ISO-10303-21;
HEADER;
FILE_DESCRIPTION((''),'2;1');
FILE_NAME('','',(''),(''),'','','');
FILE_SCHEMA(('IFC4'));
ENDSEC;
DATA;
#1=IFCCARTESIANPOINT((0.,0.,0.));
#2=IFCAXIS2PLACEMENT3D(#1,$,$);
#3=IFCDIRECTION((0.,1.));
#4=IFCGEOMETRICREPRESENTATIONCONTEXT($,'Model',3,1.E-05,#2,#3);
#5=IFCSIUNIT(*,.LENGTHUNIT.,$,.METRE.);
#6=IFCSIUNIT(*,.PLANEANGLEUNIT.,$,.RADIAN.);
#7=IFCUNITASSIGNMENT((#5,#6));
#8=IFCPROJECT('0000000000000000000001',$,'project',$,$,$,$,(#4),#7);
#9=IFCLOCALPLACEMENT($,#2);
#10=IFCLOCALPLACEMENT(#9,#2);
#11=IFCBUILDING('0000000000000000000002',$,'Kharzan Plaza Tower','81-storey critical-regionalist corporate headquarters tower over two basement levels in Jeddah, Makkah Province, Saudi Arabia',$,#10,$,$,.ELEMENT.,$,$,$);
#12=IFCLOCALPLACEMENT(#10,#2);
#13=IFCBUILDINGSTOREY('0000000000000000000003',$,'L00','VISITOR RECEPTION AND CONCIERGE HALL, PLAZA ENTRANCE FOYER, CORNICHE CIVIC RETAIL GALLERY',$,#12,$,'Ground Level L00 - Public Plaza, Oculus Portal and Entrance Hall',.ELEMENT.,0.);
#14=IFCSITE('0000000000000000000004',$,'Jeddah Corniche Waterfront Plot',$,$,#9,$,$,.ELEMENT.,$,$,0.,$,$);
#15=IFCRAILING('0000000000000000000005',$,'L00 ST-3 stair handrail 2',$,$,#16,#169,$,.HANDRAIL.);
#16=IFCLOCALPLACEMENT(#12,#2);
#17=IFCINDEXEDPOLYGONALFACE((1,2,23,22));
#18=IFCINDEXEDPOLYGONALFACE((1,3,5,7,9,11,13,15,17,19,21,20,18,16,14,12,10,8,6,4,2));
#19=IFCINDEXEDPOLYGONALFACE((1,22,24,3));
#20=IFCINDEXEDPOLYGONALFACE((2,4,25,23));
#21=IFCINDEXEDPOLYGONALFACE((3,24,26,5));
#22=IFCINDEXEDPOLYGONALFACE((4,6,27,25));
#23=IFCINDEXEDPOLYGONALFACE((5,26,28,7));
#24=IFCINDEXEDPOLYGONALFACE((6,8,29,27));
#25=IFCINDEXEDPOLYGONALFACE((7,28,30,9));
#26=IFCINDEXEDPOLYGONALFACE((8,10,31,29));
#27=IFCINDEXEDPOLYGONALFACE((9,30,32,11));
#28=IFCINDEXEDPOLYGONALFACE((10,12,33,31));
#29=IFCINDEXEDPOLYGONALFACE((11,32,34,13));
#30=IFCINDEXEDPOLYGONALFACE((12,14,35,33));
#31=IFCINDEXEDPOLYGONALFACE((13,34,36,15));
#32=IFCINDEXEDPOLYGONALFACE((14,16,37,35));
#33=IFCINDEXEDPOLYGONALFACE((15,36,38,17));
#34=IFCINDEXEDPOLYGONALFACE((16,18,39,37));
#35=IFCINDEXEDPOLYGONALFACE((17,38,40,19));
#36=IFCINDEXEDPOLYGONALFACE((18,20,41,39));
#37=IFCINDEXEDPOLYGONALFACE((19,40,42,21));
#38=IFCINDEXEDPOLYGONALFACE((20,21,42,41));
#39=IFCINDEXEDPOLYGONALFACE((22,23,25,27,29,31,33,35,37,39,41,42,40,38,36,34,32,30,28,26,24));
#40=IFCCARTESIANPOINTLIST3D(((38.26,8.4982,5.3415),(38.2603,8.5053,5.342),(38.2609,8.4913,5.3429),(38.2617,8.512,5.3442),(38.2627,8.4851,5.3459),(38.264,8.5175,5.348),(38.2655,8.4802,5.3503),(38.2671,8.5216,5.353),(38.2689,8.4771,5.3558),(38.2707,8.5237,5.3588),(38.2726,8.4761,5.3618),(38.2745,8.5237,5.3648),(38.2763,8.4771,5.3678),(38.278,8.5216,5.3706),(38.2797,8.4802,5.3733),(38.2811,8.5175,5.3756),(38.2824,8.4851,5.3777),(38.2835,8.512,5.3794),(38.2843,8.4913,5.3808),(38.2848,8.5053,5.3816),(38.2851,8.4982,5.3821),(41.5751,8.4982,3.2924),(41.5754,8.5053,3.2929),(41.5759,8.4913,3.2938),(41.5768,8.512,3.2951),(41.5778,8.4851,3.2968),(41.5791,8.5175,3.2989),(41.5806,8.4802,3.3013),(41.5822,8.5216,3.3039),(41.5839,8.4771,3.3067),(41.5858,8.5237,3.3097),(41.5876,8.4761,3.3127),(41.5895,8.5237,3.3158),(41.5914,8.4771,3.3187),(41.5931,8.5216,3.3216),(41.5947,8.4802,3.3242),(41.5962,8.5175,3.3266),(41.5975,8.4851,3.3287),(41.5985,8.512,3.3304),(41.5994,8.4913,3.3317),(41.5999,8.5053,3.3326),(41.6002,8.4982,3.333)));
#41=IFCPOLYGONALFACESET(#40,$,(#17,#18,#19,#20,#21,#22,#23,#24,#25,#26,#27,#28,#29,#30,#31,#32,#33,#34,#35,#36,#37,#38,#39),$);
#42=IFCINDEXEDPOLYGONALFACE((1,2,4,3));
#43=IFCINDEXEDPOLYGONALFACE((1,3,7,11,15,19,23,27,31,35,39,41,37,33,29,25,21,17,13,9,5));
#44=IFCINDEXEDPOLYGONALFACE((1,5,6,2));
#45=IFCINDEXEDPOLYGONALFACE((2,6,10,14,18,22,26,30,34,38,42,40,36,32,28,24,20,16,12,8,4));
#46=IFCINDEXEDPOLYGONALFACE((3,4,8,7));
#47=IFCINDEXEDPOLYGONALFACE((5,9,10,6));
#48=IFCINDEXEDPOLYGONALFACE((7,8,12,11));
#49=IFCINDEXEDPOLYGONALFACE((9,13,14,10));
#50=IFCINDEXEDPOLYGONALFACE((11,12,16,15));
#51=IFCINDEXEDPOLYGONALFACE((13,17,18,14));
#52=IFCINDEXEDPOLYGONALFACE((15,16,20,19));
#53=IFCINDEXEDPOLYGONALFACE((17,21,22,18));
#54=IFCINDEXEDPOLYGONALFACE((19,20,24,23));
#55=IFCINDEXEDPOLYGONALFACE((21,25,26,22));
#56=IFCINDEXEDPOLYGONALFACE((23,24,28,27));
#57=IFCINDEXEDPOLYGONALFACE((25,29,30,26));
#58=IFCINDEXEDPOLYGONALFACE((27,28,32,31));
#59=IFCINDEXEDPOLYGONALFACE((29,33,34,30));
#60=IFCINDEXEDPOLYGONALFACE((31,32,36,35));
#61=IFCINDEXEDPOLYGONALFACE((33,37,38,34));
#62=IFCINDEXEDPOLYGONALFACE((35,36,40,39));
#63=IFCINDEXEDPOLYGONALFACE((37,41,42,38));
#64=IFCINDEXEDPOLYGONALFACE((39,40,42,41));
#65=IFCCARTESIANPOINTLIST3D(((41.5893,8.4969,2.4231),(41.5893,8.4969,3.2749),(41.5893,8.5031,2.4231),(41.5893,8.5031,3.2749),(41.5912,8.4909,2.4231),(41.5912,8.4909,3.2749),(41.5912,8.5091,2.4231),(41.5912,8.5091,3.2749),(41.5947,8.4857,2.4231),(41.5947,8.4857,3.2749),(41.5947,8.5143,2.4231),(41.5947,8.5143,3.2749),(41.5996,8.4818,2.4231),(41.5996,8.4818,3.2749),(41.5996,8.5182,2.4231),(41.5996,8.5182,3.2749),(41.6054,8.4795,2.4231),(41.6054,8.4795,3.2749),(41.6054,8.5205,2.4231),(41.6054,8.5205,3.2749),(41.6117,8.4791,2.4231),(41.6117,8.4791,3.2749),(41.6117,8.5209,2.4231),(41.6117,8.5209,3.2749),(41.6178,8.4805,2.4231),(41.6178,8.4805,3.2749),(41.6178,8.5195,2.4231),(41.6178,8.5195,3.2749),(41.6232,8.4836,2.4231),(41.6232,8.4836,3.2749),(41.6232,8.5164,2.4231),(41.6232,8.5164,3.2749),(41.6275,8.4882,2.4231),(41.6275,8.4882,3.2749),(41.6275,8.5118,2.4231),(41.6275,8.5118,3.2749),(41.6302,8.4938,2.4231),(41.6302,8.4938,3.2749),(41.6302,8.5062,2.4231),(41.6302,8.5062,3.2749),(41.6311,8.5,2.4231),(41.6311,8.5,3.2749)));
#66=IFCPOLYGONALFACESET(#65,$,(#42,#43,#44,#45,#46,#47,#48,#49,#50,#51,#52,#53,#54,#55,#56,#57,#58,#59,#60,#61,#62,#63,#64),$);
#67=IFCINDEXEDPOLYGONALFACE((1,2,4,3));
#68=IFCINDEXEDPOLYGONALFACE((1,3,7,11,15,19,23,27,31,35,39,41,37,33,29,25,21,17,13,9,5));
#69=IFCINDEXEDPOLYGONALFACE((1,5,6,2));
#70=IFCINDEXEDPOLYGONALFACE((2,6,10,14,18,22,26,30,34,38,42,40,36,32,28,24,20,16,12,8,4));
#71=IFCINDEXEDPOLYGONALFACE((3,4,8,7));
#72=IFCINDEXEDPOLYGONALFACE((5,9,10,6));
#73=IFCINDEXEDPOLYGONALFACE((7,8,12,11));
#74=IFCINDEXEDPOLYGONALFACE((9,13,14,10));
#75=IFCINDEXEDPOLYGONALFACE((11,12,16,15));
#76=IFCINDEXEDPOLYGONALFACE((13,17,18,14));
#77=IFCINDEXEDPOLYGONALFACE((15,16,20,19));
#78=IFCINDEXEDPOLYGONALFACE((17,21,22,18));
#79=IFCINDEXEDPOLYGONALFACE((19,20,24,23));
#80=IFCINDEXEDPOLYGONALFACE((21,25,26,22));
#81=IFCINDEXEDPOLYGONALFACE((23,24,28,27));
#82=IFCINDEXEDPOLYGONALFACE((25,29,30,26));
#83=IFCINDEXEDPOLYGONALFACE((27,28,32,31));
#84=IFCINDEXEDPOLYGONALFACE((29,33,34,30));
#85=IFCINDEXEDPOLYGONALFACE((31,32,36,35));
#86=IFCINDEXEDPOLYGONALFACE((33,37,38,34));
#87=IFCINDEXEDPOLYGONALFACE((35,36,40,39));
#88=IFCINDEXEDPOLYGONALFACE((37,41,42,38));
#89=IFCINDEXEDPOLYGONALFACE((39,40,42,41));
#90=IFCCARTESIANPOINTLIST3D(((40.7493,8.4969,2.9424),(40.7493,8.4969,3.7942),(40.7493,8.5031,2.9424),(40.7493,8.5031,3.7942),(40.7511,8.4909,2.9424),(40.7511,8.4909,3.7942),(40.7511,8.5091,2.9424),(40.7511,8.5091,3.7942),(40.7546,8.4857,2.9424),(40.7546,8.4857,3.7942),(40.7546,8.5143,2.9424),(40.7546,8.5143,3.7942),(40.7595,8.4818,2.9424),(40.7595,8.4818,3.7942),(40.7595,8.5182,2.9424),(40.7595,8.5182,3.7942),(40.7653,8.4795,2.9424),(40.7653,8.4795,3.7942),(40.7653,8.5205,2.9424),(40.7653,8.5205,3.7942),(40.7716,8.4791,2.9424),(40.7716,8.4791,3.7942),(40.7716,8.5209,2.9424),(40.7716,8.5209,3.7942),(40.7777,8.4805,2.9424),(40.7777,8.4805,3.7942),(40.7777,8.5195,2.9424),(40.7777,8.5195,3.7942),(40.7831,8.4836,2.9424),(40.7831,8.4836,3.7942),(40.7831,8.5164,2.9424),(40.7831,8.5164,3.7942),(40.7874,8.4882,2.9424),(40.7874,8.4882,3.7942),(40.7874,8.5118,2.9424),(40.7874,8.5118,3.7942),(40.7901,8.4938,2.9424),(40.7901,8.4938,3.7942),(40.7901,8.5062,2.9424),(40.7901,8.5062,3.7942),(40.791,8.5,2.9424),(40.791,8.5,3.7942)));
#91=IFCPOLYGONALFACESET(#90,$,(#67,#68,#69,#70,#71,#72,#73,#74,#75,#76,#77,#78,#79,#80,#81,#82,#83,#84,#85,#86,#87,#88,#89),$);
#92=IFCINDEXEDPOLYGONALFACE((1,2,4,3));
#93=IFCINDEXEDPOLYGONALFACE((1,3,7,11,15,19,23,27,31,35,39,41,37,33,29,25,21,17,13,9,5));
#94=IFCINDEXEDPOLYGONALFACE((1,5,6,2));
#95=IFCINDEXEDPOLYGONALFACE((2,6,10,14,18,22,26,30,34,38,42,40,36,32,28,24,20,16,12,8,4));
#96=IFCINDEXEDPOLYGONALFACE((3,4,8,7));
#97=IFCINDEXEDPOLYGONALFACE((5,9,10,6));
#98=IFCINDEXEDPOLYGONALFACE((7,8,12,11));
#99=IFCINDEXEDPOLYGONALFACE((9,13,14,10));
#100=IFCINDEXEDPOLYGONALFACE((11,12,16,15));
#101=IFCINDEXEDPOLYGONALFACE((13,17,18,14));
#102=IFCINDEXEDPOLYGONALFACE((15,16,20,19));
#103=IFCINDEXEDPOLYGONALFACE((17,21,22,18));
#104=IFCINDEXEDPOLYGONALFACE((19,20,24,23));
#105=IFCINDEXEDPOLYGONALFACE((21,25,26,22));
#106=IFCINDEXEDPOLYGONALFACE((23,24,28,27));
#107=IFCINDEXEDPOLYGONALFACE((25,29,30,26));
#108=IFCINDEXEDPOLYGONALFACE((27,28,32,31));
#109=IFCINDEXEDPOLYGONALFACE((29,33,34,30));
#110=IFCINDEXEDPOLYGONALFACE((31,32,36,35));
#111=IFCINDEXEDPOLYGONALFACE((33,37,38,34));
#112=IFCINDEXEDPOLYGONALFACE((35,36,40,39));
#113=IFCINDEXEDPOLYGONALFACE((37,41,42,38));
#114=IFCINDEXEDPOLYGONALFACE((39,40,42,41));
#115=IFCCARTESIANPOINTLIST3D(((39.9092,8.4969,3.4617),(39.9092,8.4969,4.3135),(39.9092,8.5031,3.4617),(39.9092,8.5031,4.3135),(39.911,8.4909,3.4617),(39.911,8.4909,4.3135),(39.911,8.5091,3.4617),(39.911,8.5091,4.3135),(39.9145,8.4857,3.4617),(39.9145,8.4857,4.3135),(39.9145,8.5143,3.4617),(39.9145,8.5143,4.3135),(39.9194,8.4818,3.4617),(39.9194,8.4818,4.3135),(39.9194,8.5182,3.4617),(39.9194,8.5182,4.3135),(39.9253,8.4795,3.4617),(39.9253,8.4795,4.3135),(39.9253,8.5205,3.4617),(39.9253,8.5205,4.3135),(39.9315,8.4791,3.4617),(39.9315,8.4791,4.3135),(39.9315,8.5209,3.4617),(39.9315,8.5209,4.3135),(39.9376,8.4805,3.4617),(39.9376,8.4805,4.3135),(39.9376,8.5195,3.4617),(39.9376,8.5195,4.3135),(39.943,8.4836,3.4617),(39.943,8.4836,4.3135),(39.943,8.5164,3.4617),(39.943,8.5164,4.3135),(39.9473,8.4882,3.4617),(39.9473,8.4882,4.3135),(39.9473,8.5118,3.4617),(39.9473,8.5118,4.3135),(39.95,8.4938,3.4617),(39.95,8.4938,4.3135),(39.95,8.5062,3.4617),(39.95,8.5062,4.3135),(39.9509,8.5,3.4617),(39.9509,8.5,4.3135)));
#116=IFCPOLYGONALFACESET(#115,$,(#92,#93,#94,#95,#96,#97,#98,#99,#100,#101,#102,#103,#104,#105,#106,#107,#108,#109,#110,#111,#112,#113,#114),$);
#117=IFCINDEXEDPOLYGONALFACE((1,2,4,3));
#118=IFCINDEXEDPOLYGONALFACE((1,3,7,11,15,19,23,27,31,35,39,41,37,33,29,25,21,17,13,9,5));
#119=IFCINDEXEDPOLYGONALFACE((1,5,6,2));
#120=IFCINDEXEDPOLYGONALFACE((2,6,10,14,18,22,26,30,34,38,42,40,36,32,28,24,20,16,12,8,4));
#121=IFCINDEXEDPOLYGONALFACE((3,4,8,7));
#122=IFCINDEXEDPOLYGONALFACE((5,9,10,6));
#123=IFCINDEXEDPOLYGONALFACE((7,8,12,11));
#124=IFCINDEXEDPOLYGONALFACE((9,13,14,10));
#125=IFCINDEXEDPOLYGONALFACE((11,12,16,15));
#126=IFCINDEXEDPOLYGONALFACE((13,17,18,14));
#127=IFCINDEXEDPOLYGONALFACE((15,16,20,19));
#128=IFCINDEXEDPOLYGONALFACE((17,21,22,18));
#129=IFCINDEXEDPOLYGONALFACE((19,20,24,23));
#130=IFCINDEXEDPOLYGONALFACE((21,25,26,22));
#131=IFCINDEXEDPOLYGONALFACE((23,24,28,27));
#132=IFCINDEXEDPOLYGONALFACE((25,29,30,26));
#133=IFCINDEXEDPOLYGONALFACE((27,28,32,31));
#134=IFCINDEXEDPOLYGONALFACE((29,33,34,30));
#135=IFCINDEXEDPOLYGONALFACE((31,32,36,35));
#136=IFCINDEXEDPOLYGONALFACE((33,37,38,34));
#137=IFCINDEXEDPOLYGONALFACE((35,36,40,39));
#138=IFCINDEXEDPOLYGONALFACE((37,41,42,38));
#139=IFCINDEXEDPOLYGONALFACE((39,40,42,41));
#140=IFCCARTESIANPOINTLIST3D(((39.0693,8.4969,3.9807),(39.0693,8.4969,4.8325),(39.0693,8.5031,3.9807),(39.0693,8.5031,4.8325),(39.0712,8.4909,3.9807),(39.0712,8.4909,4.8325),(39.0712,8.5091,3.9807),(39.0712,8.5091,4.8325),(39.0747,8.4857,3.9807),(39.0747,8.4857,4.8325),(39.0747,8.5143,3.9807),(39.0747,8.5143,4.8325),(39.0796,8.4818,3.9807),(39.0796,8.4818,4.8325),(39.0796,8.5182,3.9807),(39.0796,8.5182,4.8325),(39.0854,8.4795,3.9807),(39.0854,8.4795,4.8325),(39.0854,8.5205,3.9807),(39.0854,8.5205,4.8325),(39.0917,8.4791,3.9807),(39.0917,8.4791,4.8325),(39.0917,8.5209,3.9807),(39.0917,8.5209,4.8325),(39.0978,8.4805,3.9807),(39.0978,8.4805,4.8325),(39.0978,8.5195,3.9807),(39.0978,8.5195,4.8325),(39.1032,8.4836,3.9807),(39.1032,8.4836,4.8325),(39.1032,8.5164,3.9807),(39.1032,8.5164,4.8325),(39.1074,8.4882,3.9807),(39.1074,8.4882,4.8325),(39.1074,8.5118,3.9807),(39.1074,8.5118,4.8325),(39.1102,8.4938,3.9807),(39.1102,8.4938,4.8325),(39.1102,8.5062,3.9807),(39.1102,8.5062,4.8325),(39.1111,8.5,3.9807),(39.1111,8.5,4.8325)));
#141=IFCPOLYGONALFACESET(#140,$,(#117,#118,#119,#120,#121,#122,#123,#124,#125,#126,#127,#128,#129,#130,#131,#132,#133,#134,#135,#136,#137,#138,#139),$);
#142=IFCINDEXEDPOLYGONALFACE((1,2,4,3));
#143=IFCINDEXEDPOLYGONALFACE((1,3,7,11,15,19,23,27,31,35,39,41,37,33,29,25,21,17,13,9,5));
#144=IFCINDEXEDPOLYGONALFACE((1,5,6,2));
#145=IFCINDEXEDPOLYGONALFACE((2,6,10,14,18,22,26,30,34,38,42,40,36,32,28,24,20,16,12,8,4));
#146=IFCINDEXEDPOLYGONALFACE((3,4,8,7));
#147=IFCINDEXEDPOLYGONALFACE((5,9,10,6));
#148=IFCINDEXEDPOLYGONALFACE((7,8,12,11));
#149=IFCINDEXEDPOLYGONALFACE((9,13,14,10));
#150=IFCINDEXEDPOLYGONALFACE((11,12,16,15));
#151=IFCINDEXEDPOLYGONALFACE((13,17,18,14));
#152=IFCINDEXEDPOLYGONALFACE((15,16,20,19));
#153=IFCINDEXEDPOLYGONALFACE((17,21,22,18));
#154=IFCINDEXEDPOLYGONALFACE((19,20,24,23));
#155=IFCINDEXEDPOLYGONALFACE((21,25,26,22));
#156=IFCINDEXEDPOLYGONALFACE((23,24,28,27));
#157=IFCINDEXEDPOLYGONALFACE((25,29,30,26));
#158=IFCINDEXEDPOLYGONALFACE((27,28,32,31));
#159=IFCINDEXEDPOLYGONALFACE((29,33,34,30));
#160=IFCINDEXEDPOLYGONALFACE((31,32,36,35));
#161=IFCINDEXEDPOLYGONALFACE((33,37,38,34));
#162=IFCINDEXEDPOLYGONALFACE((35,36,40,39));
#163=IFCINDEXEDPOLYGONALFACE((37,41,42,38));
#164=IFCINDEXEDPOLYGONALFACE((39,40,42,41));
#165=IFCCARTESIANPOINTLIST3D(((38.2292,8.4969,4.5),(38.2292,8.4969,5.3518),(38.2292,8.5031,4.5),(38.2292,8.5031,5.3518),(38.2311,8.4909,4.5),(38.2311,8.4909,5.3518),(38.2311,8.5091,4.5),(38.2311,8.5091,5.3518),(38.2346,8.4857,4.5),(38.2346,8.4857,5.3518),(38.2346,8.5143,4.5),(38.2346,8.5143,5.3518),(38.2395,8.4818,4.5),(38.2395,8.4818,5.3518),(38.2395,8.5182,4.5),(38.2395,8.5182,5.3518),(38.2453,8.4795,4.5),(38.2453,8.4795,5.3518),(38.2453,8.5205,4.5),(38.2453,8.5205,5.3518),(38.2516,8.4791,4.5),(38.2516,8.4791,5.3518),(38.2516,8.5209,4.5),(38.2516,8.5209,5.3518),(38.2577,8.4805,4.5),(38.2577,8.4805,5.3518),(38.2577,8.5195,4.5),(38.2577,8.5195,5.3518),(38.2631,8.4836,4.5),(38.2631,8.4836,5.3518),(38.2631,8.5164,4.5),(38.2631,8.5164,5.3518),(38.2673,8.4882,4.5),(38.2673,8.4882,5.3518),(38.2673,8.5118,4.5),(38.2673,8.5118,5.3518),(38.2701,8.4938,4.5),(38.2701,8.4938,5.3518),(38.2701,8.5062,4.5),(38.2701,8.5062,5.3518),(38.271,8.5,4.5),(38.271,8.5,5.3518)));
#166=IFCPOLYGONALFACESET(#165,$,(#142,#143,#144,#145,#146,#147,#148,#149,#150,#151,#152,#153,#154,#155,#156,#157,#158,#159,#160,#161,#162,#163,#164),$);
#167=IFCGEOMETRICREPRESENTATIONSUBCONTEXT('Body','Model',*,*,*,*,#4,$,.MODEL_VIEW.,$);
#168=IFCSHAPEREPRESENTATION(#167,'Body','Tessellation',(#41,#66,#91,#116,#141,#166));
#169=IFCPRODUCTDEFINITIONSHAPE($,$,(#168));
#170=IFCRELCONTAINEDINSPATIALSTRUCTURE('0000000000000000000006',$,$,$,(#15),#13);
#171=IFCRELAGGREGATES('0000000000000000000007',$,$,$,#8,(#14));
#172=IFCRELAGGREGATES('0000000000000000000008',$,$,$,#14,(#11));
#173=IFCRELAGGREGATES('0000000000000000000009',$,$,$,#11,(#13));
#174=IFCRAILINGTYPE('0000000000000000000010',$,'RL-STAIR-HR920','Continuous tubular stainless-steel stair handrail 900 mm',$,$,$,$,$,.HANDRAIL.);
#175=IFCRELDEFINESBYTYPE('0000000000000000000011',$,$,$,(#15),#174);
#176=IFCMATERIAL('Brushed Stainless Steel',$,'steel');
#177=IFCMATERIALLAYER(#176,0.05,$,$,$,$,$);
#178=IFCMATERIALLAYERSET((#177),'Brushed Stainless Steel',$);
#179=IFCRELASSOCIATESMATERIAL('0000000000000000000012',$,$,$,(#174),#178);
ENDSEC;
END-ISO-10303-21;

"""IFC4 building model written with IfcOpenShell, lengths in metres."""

from ifc_helpers import new_model, si_unit, direction, frame, origin, origin_2d, place, context, subcontext, project, spatial, circle, extrude, source, transform, mapped, material, layer, layer_set, type_object, element, save


model = new_model("IFC4")

# Units and contexts
model_context = context("Model", 3, precision=1e-05, world=origin(), true_north=direction((0.0, 1.0)))
body_context = subcontext(model_context, "Body", "Model", "MODEL_VIEW")
ifc_project = project(units=[si_unit("LENGTHUNIT", "METRE"), si_unit("PLANEANGLEUNIT", "RADIAN")], contexts=[model_context])

# Site, building, storey
site_placement = place(None, origin())
site = spatial("IfcSite", under=ifc_project, at=site_placement, Name="Jeddah Corniche Waterfront Plot", CompositionType="ELEMENT", RefElevation=0.0)
building_placement = place(site_placement, origin())
building = spatial("IfcBuilding", under=site, at=building_placement, Name="Kharzan Plaza Tower", Description="81-storey critical-regionalist corporate headquarters tower over two basement levels in Jeddah, Makkah Province, Saudi Arabia", CompositionType="ELEMENT")
storey_placement = place(building_placement, origin())
storey = spatial("IfcBuildingStorey", under=building, at=storey_placement, Name="L00", Description="VISITOR RECEPTION AND CONCIERGE HALL, PLAZA ENTRANCE FOYER, CORNICHE CIVIC RETAIL GALLERY", LongName="Ground Level L00 - Public Plaza, Oculus Portal and Entrance Hall", CompositionType="ELEMENT", Elevation=0.0)

# Shared definitions
ifc_material_1 = material(Name="Brushed Stainless Steel", Category="steel")

# Railing
ifc_layer_1 = layer(ifc_material_1, 0.05)
ifc_layer_set_1 = layer_set([ifc_layer_1], Name="Brushed Stainless Steel")
railing_type_1 = type_object("IfcRailingType", Name="RL-STAIR-HR920", Description="Continuous tubular stainless-steel stair handrail 900 mm", PredefinedType="HANDRAIL", material=ifc_layer_set_1)
shared_shape_1 = source(origin(), body_context, "Body", "SweptSolid", [
    extrude(circle(Radius=0.0239, at=origin_2d()), frame((-0.0225, 0.0, 0.8896), z_axis=(-0.850623, 0.0, 0.525776), x_axis=(0.0, -1.0, 0.0)), (0.0, 0.0, 1.0), 3.8972),
    extrude(circle(Radius=0.021, at=origin_2d()), origin(), (0.0, 0.0, 1.0), 0.8518),
    extrude(circle(Radius=0.021, at=origin_2d()), frame((-0.8401, 0.0, 0.5193)), (0.0, 0.0, 1.0), 0.8518),
    extrude(circle(Radius=0.021, at=origin_2d()), frame((-1.6802, 0.0, 1.0386)), (0.0, 0.0, 1.0), 0.8518),
    extrude(circle(Radius=0.021, at=origin_2d()), frame((-2.52, 0.0, 1.5576)), (0.0, 0.0, 1.0), 0.8518),
    extrude(circle(Radius=0.021, at=origin_2d()), frame((-3.3601, 0.0, 2.0769)), (0.0, 0.0, 1.0), 0.8518),
])
railing_1_placement = place(storey_placement, frame((41.6101, 8.5, 2.4231)))
element("IfcRailing", 1, at=railing_1_placement, inside=storey, type_object=railing_type_1, Name="L00 ST-3 stair handrail 2", PredefinedType="HANDRAIL", context=body_context, shape_type="MappedRepresentation", body=[
    mapped(shared_shape_1, transform((0.0, 0.0, 0.0), x_axis=(1.0, 0.0, 0.0), y_axis=(0.0, 1.0, 0.0), z_axis=(0.0, 0.0, 1.0))),
])

save(model, "model.ifc")
